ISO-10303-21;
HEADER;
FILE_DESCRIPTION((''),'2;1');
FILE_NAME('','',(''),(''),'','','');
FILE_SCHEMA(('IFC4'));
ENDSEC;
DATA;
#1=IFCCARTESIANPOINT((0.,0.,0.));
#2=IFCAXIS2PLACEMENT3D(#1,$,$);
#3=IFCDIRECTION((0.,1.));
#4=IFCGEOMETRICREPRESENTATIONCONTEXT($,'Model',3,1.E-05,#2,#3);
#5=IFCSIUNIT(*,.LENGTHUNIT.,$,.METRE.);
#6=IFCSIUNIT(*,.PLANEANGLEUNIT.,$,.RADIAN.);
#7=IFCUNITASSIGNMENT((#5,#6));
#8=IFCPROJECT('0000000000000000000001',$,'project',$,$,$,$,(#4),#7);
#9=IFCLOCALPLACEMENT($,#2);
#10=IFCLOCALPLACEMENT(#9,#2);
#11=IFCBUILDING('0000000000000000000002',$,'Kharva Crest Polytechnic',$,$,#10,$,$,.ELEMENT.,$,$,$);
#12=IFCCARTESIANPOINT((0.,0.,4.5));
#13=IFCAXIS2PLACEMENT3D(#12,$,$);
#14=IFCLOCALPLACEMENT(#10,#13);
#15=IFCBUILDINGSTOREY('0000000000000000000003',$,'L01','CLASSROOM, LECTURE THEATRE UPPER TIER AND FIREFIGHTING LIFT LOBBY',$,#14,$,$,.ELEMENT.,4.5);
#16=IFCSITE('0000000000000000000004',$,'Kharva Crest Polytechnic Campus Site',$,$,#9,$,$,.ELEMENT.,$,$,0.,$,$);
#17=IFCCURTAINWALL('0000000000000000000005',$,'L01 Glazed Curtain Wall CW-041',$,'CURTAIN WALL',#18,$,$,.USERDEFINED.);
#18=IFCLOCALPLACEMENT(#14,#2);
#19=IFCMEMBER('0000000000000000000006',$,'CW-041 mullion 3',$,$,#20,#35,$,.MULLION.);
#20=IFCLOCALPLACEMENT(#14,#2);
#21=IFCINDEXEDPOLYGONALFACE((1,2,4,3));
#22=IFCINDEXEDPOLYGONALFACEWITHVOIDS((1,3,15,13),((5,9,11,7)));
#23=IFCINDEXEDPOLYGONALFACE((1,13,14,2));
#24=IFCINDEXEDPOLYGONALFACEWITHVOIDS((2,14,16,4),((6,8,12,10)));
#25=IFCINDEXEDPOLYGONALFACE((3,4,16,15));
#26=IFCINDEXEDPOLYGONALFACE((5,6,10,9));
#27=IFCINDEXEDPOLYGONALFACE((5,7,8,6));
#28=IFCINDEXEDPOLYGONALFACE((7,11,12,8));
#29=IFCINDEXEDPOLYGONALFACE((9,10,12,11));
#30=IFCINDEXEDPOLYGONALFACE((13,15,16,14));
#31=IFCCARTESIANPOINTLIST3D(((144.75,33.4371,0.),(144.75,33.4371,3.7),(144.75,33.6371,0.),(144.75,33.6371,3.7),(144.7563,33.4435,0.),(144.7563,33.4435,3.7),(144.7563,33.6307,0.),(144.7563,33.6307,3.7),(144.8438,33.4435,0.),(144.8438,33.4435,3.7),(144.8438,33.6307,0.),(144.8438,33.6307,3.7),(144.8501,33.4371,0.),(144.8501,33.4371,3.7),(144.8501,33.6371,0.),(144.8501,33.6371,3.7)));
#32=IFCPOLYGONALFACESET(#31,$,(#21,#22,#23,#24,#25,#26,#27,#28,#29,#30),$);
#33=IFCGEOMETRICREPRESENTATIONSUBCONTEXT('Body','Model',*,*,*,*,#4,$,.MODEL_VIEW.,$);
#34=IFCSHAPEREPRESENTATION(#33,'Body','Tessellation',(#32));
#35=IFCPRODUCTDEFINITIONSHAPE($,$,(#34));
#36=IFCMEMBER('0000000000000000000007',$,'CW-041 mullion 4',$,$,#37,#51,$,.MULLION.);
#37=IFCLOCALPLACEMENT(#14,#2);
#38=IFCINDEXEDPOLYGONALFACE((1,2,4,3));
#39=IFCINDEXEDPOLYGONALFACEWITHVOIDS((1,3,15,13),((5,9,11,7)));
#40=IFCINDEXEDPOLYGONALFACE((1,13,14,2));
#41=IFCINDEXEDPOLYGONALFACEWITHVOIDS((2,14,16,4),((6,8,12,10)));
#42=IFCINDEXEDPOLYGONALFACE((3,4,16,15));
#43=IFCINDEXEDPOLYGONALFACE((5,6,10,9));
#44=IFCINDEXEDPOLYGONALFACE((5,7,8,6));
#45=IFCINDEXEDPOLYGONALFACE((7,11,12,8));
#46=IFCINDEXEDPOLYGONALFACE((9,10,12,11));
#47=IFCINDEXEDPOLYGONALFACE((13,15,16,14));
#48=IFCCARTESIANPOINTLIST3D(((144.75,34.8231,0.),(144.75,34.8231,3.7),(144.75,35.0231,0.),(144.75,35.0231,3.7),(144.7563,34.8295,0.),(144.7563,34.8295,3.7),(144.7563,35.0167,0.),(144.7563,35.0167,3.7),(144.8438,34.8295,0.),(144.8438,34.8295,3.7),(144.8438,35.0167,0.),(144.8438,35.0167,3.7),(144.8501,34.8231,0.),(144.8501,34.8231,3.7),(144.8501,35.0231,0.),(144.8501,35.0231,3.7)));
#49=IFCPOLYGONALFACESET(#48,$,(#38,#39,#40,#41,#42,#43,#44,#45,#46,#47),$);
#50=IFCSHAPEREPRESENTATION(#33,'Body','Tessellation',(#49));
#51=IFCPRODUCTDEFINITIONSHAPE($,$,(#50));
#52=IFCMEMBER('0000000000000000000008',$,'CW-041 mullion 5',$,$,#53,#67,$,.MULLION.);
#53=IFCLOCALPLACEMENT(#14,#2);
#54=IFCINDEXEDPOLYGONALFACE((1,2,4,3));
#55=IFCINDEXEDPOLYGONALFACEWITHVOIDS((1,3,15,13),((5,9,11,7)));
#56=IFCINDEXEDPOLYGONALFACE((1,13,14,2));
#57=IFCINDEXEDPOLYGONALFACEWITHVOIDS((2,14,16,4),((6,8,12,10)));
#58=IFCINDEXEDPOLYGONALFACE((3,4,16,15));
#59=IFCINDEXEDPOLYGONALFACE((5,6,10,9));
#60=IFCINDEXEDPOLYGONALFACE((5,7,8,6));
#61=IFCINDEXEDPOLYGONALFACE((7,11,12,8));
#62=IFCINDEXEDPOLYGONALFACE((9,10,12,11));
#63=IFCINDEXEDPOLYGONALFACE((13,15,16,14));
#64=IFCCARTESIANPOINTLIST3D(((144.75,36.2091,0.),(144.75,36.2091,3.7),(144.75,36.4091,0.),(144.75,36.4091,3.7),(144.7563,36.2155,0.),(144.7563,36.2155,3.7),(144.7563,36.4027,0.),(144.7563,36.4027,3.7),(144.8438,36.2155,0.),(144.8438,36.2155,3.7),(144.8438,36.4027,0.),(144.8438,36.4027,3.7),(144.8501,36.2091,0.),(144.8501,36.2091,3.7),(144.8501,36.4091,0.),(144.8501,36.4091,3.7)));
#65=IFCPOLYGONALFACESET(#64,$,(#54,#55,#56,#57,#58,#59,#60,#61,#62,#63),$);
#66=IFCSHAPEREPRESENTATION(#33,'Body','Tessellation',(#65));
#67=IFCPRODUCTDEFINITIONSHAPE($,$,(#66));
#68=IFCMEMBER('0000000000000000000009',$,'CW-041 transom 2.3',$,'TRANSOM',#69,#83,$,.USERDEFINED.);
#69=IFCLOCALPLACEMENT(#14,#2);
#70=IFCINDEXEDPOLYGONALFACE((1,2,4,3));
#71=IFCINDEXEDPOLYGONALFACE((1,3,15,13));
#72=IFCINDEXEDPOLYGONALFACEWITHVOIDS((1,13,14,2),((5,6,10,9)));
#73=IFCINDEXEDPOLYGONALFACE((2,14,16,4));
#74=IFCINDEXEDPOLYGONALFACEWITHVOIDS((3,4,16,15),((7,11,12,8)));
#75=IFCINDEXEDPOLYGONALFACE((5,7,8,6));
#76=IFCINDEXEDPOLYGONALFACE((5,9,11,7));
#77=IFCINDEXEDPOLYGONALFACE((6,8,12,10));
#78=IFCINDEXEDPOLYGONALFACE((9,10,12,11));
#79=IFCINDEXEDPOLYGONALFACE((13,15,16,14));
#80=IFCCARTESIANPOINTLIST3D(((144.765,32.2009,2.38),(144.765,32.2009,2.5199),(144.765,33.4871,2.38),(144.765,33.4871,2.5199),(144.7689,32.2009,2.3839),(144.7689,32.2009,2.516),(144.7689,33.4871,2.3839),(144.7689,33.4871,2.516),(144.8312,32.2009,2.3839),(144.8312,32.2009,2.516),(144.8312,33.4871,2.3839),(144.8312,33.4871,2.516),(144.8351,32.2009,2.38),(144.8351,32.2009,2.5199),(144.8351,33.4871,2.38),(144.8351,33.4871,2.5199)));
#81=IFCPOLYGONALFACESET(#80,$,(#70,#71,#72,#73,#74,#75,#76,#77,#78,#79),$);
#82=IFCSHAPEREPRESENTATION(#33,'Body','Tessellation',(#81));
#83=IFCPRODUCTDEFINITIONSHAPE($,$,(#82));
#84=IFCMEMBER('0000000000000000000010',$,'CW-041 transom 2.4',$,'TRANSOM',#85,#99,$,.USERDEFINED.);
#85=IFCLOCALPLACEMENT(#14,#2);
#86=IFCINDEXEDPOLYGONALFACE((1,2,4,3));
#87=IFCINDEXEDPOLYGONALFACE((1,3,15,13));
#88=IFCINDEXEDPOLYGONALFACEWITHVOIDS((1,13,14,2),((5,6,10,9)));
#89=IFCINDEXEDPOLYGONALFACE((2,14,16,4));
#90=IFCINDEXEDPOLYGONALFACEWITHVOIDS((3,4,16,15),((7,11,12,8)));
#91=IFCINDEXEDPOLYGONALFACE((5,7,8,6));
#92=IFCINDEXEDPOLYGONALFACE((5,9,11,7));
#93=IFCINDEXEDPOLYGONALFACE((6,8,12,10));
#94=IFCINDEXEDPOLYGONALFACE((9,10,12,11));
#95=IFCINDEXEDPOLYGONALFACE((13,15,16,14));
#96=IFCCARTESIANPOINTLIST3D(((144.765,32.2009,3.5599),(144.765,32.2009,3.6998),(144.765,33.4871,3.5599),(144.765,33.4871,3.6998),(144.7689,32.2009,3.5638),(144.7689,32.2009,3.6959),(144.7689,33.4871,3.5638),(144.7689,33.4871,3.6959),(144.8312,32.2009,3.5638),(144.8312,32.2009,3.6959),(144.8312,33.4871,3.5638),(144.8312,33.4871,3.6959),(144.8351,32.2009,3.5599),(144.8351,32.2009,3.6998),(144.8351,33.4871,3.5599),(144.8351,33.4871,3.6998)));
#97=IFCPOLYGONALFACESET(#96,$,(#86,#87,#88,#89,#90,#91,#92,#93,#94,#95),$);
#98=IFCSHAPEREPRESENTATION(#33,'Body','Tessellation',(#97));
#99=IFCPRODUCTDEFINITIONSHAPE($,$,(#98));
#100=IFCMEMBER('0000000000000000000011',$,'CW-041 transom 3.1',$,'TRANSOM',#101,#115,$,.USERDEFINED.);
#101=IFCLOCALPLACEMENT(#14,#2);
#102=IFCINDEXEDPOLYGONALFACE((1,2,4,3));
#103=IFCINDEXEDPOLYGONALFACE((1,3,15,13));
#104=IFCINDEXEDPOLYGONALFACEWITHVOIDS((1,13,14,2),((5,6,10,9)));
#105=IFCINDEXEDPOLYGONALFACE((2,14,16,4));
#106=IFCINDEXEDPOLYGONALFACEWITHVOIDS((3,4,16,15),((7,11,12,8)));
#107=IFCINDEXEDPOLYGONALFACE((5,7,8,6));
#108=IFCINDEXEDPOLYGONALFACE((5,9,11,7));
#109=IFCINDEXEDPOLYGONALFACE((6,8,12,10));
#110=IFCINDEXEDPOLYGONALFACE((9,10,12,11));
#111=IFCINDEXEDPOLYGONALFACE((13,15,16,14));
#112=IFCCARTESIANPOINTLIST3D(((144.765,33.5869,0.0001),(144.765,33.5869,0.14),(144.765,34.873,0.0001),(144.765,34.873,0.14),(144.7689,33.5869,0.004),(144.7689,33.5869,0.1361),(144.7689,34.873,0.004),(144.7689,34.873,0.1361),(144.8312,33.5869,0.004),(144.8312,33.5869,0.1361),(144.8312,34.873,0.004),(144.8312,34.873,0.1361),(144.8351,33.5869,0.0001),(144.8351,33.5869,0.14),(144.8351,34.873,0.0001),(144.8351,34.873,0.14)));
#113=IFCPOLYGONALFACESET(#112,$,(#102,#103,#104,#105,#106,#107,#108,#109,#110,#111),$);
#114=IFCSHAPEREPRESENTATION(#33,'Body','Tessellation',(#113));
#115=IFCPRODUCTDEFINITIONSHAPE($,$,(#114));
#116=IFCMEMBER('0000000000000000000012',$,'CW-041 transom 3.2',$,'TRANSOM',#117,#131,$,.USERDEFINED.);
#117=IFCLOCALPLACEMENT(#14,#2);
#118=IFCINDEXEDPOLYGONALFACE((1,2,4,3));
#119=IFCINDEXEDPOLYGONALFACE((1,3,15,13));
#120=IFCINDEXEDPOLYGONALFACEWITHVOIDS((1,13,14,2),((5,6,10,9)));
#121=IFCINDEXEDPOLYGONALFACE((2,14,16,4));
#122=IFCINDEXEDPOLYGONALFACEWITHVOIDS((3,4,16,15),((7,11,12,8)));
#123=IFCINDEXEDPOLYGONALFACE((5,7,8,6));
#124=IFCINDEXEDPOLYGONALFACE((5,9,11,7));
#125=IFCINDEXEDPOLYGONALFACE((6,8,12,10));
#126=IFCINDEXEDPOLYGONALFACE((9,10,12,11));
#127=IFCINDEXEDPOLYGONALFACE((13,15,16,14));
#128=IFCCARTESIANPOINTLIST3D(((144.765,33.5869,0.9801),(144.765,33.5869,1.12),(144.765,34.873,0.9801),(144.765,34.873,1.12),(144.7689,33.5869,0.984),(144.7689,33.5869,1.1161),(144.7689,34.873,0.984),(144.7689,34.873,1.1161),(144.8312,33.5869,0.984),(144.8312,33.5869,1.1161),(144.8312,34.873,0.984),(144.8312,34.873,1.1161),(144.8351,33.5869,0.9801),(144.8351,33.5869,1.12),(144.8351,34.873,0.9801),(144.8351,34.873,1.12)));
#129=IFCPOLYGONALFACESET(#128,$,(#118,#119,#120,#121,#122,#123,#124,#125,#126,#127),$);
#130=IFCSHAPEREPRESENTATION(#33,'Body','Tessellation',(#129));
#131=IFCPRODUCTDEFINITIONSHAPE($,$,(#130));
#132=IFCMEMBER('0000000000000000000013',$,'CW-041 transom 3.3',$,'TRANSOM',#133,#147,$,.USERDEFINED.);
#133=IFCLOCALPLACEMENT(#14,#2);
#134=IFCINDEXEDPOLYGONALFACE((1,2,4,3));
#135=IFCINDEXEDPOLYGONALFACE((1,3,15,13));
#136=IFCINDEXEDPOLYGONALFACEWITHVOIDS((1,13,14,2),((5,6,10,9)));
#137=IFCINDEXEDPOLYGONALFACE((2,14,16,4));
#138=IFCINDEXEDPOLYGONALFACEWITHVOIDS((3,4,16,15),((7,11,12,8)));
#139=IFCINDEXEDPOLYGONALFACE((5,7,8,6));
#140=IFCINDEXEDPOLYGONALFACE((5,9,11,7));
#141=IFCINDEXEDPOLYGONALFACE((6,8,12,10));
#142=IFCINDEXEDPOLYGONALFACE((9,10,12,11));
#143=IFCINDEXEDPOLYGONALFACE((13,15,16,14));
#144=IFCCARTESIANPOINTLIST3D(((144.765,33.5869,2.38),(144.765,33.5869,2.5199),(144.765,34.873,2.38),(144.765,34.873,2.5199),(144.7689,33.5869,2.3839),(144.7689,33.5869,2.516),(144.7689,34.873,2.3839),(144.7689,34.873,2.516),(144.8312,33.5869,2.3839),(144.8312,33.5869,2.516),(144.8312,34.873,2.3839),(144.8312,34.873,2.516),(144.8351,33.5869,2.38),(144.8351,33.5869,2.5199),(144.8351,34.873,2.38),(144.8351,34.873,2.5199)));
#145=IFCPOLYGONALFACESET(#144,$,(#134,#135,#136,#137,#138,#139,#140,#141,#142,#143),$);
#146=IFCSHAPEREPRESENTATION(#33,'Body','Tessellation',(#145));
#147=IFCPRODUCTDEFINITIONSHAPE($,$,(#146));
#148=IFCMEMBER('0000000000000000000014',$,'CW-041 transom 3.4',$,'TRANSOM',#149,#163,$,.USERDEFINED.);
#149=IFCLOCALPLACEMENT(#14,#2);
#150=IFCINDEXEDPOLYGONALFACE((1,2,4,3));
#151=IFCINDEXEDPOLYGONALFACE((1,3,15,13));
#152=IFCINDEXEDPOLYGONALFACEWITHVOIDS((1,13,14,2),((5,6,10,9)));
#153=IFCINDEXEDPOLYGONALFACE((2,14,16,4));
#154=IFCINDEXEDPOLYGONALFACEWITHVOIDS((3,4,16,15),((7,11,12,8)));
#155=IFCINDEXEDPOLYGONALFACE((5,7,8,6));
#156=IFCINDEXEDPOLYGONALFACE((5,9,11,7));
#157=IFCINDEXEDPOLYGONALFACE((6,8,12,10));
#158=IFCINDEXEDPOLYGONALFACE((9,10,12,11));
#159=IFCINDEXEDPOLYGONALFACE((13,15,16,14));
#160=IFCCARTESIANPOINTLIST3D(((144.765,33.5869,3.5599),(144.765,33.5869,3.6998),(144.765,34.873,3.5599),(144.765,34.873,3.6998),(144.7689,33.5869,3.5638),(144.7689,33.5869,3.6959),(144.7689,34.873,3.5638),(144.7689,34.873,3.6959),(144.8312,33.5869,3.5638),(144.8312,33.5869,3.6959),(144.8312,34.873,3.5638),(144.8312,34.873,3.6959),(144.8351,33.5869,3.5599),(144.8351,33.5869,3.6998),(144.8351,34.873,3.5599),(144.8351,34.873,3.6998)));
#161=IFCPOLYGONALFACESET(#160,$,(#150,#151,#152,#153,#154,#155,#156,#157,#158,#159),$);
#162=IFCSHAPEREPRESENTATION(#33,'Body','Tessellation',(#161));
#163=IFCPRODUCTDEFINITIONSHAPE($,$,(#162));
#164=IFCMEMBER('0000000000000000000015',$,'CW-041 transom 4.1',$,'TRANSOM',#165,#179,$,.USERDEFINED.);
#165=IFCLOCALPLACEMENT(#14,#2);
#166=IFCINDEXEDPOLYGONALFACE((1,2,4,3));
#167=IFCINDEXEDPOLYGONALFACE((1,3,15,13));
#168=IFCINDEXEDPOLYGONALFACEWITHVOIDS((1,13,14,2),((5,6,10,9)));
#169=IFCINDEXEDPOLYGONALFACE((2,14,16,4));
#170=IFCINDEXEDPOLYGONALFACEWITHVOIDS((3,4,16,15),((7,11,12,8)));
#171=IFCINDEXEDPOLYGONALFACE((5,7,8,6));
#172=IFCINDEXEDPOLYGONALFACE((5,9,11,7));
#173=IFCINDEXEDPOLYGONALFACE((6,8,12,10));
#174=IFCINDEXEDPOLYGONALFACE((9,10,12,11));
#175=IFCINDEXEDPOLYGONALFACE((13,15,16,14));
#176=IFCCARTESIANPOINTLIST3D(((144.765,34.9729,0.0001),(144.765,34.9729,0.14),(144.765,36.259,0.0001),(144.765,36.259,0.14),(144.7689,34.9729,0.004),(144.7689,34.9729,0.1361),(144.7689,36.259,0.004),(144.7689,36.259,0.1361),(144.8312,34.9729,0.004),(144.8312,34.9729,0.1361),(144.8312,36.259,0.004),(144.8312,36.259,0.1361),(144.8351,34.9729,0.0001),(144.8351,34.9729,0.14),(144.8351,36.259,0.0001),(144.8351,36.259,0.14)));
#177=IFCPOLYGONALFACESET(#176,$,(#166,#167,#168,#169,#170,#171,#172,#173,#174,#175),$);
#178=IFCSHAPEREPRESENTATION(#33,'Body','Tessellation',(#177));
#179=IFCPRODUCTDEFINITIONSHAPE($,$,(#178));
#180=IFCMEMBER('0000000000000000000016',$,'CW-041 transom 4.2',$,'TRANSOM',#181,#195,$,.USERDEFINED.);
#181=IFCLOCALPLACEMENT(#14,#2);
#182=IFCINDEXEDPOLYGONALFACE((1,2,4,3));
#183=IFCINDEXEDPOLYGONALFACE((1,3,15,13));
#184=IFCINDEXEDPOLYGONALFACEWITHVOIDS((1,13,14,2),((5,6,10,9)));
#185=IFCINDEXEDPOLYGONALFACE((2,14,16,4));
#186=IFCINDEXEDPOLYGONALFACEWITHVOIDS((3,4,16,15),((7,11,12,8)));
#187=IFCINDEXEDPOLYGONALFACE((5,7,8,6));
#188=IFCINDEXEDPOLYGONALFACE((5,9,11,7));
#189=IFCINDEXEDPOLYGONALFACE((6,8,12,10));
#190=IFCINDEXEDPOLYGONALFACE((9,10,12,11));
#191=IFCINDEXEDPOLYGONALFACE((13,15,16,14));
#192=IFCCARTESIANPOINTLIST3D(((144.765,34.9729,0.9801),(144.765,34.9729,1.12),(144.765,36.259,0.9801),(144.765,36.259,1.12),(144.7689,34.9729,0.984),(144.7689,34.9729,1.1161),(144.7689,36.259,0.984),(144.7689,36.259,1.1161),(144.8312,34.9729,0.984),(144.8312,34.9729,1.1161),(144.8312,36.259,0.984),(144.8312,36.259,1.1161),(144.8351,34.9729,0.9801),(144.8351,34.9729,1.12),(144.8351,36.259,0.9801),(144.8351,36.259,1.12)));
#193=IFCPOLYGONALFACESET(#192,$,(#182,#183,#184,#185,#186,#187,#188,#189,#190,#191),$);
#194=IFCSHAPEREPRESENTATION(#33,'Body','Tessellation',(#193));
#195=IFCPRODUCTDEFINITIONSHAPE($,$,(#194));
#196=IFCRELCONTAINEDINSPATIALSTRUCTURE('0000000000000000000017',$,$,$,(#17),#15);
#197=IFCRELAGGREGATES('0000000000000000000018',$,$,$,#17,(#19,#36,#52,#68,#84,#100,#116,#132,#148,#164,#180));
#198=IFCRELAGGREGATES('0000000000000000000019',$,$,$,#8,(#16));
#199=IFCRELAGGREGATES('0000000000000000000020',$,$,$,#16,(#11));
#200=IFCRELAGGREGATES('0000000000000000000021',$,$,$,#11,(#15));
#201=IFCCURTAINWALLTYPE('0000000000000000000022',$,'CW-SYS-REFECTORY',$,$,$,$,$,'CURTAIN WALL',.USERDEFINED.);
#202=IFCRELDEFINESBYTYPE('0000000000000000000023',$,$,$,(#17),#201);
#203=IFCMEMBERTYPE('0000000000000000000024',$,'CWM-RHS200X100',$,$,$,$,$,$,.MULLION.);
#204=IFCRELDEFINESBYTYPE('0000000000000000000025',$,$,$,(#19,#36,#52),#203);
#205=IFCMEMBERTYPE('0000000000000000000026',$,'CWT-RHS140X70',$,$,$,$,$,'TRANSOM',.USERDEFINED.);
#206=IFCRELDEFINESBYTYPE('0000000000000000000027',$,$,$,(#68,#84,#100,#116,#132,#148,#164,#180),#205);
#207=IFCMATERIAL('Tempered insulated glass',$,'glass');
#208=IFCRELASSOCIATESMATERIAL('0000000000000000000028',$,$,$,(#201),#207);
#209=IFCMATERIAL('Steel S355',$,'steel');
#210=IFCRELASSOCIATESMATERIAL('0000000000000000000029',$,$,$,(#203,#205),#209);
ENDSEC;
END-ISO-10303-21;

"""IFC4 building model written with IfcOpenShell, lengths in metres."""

from ifc_helpers import new_model, si_unit, direction, frame, origin, origin_2d, place, context, subcontext, project, spatial, hollow_rectangle, extrude, material, material_profile, profile_set, type_object, element, aggregate, save


model = new_model("IFC4")

# Units and contexts
model_context = context("Model", 3, precision=1e-05, world=origin(), true_north=direction((0.0, 1.0)))
body_context = subcontext(model_context, "Body", "Model", "MODEL_VIEW")
ifc_project = project(units=[si_unit("LENGTHUNIT", "METRE"), si_unit("PLANEANGLEUNIT", "RADIAN")], contexts=[model_context])

# Site, building, storey
site_placement = place(None, origin())
site = spatial("IfcSite", under=ifc_project, at=site_placement, Name="Kharva Crest Polytechnic Campus Site", CompositionType="ELEMENT", RefElevation=0.0)
building_placement = place(site_placement, origin())
building = spatial("IfcBuilding", under=site, at=building_placement, Name="Kharva Crest Polytechnic", CompositionType="ELEMENT")
storey_placement = place(building_placement, frame((0.0, 0.0, 4.5)))
storey = spatial("IfcBuildingStorey", under=building, at=storey_placement, Name="L01", Description="CLASSROOM, LECTURE THEATRE UPPER TIER AND FIREFIGHTING LIFT LOBBY", CompositionType="ELEMENT", Elevation=4.5)

# Curtain wall, members
ifc_material_1 = material(Name="Tempered insulated glass", Category="glass")
curtain_wall_type = type_object("IfcCurtainWallType", Name="CW-SYS-REFECTORY", ElementType="CURTAIN WALL", PredefinedType="USERDEFINED", material=ifc_material_1)
curtain_wall_placement = place(storey_placement, origin())
curtain_wall = element("IfcCurtainWall", 1, at=curtain_wall_placement, inside=storey, type_object=curtain_wall_type, Name="L01 Glazed Curtain Wall CW-041", ObjectType="CURTAIN WALL", PredefinedType="USERDEFINED")
ifc_material_2 = material(Name="Steel S355", Category="steel")
ifc_material_profile_1 = material_profile(ifc_material_2, hollow_rectangle(XDim=0.1001, YDim=0.2, WallThickness=0.0063, at=origin_2d()), Name="RHS 200X100X6.3")
ifc_profile_set_1 = profile_set([ifc_material_profile_1], Name="Steel S355")
member_type_1 = type_object("IfcMemberType", Name="CWM-RHS200X100", PredefinedType="MULLION", material=ifc_profile_set_1)
member_1_placement = place(storey_placement, frame((144.8, 33.5371, 0.0), z_axis=(0.0, 0.0, 1.0), x_axis=(-1.0, 0.0, 0.0)))
member_1 = element("IfcMember", 2, at=member_1_placement, type_object=member_type_1, Name="CW-041 mullion 3", PredefinedType="MULLION", context=body_context, shape_type="SweptSolid", body=[
    extrude(hollow_rectangle(XDim=0.1001, YDim=0.2, WallThickness=0.0063, at=origin_2d()), origin(), (0.0, 0.0, 1.0), 3.7),
])
member_2_placement = place(storey_placement, frame((144.8, 34.9231, 0.0), z_axis=(0.0, 0.0, 1.0), x_axis=(-1.0, 0.0, 0.0)))
member_2 = element("IfcMember", 3, at=member_2_placement, type_object=member_type_1, Name="CW-041 mullion 4", PredefinedType="MULLION", context=body_context, shape_type="SweptSolid", body=[
    extrude(hollow_rectangle(XDim=0.1001, YDim=0.2, WallThickness=0.0063, at=origin_2d()), origin(), (0.0, 0.0, 1.0), 3.7),
])
member_3_placement = place(storey_placement, frame((144.8, 36.3091, 0.0), z_axis=(0.0, 0.0, 1.0), x_axis=(-1.0, 0.0, 0.0)))
member_3 = element("IfcMember", 4, at=member_3_placement, type_object=member_type_1, Name="CW-041 mullion 5", PredefinedType="MULLION", context=body_context, shape_type="SweptSolid", body=[
    extrude(hollow_rectangle(XDim=0.1001, YDim=0.2, WallThickness=0.0063, at=origin_2d()), origin(), (0.0, 0.0, 1.0), 3.7),
])
ifc_material_profile_2 = material_profile(ifc_material_2, hollow_rectangle(XDim=0.0701, YDim=0.1399, WallThickness=0.0039, at=origin_2d()), Name="RHS 140X70X4.0")
ifc_profile_set_2 = profile_set([ifc_material_profile_2], Name="Steel S355")
member_type_2 = type_object("IfcMemberType", Name="CWT-RHS140X70", ElementType="TRANSOM", PredefinedType="USERDEFINED", material=ifc_profile_set_2)
member_4_placement = place(storey_placement, frame((144.8, 32.2009, 2.45), z_axis=(0.0, 1.0, 0.0), x_axis=(-1.0, 0.0, 0.0)))
member_4 = element("IfcMember", 5, at=member_4_placement, type_object=member_type_2, Name="CW-041 transom 2.3", ObjectType="TRANSOM", PredefinedType="USERDEFINED", context=body_context, shape_type="SweptSolid", body=[
    extrude(hollow_rectangle(XDim=0.0701, YDim=0.1399, WallThickness=0.0039, at=origin_2d()), origin(), (0.0, 0.0, 1.0), 1.2861),
])
member_5_placement = place(storey_placement, frame((144.8, 32.2009, 3.6299), z_axis=(0.0, 1.0, 0.0), x_axis=(-1.0, 0.0, 0.0)))
member_5 = element("IfcMember", 6, at=member_5_placement, type_object=member_type_2, Name="CW-041 transom 2.4", ObjectType="TRANSOM", PredefinedType="USERDEFINED", context=body_context, shape_type="SweptSolid", body=[
    extrude(hollow_rectangle(XDim=0.0701, YDim=0.1399, WallThickness=0.0039, at=origin_2d()), origin(), (0.0, 0.0, 1.0), 1.2861),
])
member_6_placement = place(storey_placement, frame((144.8, 33.5869, 0.0701), z_axis=(0.0, 1.0, 0.0), x_axis=(-1.0, 0.0, 0.0)))
member_6 = element("IfcMember", 7, at=member_6_placement, type_object=member_type_2, Name="CW-041 transom 3.1", ObjectType="TRANSOM", PredefinedType="USERDEFINED", context=body_context, shape_type="SweptSolid", body=[
    extrude(hollow_rectangle(XDim=0.0701, YDim=0.1399, WallThickness=0.0039, at=origin_2d()), origin(), (0.0, 0.0, 1.0), 1.2861),
])
member_7_placement = place(storey_placement, frame((144.8, 33.5869, 1.05), z_axis=(0.0, 1.0, 0.0), x_axis=(-1.0, 0.0, 0.0)))
member_7 = element("IfcMember", 8, at=member_7_placement, type_object=member_type_2, Name="CW-041 transom 3.2", ObjectType="TRANSOM", PredefinedType="USERDEFINED", context=body_context, shape_type="SweptSolid", body=[
    extrude(hollow_rectangle(XDim=0.0701, YDim=0.1399, WallThickness=0.0039, at=origin_2d()), origin(), (0.0, 0.0, 1.0), 1.2861),
])
member_8_placement = place(storey_placement, frame((144.8, 33.5869, 2.45), z_axis=(0.0, 1.0, 0.0), x_axis=(-1.0, 0.0, 0.0)))
member_8 = element("IfcMember", 9, at=member_8_placement, type_object=member_type_2, Name="CW-041 transom 3.3", ObjectType="TRANSOM", PredefinedType="USERDEFINED", context=body_context, shape_type="SweptSolid", body=[
    extrude(hollow_rectangle(XDim=0.0701, YDim=0.1399, WallThickness=0.0039, at=origin_2d()), origin(), (0.0, 0.0, 1.0), 1.2861),
])
member_9_placement = place(storey_placement, frame((144.8, 33.5869, 3.6299), z_axis=(0.0, 1.0, 0.0), x_axis=(-1.0, 0.0, 0.0)))
member_9 = element("IfcMember", 10, at=member_9_placement, type_object=member_type_2, Name="CW-041 transom 3.4", ObjectType="TRANSOM", PredefinedType="USERDEFINED", context=body_context, shape_type="SweptSolid", body=[
    extrude(hollow_rectangle(XDim=0.0701, YDim=0.1399, WallThickness=0.0039, at=origin_2d()), origin(), (0.0, 0.0, 1.0), 1.2861),
])
member_10_placement = place(storey_placement, frame((144.8, 34.9729, 0.0701), z_axis=(0.0, 1.0, 0.0), x_axis=(-1.0, 0.0, 0.0)))
member_10 = element("IfcMember", 11, at=member_10_placement, type_object=member_type_2, Name="CW-041 transom 4.1", ObjectType="TRANSOM", PredefinedType="USERDEFINED", context=body_context, shape_type="SweptSolid", body=[
    extrude(hollow_rectangle(XDim=0.0701, YDim=0.1399, WallThickness=0.0039, at=origin_2d()), origin(), (0.0, 0.0, 1.0), 1.2861),
])
member_11_placement = place(storey_placement, frame((144.8, 34.9729, 1.05), z_axis=(0.0, 1.0, 0.0), x_axis=(-1.0, 0.0, 0.0)))
member_11 = element("IfcMember", 12, at=member_11_placement, type_object=member_type_2, Name="CW-041 transom 4.2", ObjectType="TRANSOM", PredefinedType="USERDEFINED", context=body_context, shape_type="SweptSolid", body=[
    extrude(hollow_rectangle(XDim=0.0701, YDim=0.1399, WallThickness=0.0039, at=origin_2d()), origin(), (0.0, 0.0, 1.0), 1.2861),
])
aggregate(curtain_wall, [member_1, member_2, member_3, member_4, member_5, member_6, member_7, member_8, member_9, member_10, member_11])

save(model, "model.ifc")
